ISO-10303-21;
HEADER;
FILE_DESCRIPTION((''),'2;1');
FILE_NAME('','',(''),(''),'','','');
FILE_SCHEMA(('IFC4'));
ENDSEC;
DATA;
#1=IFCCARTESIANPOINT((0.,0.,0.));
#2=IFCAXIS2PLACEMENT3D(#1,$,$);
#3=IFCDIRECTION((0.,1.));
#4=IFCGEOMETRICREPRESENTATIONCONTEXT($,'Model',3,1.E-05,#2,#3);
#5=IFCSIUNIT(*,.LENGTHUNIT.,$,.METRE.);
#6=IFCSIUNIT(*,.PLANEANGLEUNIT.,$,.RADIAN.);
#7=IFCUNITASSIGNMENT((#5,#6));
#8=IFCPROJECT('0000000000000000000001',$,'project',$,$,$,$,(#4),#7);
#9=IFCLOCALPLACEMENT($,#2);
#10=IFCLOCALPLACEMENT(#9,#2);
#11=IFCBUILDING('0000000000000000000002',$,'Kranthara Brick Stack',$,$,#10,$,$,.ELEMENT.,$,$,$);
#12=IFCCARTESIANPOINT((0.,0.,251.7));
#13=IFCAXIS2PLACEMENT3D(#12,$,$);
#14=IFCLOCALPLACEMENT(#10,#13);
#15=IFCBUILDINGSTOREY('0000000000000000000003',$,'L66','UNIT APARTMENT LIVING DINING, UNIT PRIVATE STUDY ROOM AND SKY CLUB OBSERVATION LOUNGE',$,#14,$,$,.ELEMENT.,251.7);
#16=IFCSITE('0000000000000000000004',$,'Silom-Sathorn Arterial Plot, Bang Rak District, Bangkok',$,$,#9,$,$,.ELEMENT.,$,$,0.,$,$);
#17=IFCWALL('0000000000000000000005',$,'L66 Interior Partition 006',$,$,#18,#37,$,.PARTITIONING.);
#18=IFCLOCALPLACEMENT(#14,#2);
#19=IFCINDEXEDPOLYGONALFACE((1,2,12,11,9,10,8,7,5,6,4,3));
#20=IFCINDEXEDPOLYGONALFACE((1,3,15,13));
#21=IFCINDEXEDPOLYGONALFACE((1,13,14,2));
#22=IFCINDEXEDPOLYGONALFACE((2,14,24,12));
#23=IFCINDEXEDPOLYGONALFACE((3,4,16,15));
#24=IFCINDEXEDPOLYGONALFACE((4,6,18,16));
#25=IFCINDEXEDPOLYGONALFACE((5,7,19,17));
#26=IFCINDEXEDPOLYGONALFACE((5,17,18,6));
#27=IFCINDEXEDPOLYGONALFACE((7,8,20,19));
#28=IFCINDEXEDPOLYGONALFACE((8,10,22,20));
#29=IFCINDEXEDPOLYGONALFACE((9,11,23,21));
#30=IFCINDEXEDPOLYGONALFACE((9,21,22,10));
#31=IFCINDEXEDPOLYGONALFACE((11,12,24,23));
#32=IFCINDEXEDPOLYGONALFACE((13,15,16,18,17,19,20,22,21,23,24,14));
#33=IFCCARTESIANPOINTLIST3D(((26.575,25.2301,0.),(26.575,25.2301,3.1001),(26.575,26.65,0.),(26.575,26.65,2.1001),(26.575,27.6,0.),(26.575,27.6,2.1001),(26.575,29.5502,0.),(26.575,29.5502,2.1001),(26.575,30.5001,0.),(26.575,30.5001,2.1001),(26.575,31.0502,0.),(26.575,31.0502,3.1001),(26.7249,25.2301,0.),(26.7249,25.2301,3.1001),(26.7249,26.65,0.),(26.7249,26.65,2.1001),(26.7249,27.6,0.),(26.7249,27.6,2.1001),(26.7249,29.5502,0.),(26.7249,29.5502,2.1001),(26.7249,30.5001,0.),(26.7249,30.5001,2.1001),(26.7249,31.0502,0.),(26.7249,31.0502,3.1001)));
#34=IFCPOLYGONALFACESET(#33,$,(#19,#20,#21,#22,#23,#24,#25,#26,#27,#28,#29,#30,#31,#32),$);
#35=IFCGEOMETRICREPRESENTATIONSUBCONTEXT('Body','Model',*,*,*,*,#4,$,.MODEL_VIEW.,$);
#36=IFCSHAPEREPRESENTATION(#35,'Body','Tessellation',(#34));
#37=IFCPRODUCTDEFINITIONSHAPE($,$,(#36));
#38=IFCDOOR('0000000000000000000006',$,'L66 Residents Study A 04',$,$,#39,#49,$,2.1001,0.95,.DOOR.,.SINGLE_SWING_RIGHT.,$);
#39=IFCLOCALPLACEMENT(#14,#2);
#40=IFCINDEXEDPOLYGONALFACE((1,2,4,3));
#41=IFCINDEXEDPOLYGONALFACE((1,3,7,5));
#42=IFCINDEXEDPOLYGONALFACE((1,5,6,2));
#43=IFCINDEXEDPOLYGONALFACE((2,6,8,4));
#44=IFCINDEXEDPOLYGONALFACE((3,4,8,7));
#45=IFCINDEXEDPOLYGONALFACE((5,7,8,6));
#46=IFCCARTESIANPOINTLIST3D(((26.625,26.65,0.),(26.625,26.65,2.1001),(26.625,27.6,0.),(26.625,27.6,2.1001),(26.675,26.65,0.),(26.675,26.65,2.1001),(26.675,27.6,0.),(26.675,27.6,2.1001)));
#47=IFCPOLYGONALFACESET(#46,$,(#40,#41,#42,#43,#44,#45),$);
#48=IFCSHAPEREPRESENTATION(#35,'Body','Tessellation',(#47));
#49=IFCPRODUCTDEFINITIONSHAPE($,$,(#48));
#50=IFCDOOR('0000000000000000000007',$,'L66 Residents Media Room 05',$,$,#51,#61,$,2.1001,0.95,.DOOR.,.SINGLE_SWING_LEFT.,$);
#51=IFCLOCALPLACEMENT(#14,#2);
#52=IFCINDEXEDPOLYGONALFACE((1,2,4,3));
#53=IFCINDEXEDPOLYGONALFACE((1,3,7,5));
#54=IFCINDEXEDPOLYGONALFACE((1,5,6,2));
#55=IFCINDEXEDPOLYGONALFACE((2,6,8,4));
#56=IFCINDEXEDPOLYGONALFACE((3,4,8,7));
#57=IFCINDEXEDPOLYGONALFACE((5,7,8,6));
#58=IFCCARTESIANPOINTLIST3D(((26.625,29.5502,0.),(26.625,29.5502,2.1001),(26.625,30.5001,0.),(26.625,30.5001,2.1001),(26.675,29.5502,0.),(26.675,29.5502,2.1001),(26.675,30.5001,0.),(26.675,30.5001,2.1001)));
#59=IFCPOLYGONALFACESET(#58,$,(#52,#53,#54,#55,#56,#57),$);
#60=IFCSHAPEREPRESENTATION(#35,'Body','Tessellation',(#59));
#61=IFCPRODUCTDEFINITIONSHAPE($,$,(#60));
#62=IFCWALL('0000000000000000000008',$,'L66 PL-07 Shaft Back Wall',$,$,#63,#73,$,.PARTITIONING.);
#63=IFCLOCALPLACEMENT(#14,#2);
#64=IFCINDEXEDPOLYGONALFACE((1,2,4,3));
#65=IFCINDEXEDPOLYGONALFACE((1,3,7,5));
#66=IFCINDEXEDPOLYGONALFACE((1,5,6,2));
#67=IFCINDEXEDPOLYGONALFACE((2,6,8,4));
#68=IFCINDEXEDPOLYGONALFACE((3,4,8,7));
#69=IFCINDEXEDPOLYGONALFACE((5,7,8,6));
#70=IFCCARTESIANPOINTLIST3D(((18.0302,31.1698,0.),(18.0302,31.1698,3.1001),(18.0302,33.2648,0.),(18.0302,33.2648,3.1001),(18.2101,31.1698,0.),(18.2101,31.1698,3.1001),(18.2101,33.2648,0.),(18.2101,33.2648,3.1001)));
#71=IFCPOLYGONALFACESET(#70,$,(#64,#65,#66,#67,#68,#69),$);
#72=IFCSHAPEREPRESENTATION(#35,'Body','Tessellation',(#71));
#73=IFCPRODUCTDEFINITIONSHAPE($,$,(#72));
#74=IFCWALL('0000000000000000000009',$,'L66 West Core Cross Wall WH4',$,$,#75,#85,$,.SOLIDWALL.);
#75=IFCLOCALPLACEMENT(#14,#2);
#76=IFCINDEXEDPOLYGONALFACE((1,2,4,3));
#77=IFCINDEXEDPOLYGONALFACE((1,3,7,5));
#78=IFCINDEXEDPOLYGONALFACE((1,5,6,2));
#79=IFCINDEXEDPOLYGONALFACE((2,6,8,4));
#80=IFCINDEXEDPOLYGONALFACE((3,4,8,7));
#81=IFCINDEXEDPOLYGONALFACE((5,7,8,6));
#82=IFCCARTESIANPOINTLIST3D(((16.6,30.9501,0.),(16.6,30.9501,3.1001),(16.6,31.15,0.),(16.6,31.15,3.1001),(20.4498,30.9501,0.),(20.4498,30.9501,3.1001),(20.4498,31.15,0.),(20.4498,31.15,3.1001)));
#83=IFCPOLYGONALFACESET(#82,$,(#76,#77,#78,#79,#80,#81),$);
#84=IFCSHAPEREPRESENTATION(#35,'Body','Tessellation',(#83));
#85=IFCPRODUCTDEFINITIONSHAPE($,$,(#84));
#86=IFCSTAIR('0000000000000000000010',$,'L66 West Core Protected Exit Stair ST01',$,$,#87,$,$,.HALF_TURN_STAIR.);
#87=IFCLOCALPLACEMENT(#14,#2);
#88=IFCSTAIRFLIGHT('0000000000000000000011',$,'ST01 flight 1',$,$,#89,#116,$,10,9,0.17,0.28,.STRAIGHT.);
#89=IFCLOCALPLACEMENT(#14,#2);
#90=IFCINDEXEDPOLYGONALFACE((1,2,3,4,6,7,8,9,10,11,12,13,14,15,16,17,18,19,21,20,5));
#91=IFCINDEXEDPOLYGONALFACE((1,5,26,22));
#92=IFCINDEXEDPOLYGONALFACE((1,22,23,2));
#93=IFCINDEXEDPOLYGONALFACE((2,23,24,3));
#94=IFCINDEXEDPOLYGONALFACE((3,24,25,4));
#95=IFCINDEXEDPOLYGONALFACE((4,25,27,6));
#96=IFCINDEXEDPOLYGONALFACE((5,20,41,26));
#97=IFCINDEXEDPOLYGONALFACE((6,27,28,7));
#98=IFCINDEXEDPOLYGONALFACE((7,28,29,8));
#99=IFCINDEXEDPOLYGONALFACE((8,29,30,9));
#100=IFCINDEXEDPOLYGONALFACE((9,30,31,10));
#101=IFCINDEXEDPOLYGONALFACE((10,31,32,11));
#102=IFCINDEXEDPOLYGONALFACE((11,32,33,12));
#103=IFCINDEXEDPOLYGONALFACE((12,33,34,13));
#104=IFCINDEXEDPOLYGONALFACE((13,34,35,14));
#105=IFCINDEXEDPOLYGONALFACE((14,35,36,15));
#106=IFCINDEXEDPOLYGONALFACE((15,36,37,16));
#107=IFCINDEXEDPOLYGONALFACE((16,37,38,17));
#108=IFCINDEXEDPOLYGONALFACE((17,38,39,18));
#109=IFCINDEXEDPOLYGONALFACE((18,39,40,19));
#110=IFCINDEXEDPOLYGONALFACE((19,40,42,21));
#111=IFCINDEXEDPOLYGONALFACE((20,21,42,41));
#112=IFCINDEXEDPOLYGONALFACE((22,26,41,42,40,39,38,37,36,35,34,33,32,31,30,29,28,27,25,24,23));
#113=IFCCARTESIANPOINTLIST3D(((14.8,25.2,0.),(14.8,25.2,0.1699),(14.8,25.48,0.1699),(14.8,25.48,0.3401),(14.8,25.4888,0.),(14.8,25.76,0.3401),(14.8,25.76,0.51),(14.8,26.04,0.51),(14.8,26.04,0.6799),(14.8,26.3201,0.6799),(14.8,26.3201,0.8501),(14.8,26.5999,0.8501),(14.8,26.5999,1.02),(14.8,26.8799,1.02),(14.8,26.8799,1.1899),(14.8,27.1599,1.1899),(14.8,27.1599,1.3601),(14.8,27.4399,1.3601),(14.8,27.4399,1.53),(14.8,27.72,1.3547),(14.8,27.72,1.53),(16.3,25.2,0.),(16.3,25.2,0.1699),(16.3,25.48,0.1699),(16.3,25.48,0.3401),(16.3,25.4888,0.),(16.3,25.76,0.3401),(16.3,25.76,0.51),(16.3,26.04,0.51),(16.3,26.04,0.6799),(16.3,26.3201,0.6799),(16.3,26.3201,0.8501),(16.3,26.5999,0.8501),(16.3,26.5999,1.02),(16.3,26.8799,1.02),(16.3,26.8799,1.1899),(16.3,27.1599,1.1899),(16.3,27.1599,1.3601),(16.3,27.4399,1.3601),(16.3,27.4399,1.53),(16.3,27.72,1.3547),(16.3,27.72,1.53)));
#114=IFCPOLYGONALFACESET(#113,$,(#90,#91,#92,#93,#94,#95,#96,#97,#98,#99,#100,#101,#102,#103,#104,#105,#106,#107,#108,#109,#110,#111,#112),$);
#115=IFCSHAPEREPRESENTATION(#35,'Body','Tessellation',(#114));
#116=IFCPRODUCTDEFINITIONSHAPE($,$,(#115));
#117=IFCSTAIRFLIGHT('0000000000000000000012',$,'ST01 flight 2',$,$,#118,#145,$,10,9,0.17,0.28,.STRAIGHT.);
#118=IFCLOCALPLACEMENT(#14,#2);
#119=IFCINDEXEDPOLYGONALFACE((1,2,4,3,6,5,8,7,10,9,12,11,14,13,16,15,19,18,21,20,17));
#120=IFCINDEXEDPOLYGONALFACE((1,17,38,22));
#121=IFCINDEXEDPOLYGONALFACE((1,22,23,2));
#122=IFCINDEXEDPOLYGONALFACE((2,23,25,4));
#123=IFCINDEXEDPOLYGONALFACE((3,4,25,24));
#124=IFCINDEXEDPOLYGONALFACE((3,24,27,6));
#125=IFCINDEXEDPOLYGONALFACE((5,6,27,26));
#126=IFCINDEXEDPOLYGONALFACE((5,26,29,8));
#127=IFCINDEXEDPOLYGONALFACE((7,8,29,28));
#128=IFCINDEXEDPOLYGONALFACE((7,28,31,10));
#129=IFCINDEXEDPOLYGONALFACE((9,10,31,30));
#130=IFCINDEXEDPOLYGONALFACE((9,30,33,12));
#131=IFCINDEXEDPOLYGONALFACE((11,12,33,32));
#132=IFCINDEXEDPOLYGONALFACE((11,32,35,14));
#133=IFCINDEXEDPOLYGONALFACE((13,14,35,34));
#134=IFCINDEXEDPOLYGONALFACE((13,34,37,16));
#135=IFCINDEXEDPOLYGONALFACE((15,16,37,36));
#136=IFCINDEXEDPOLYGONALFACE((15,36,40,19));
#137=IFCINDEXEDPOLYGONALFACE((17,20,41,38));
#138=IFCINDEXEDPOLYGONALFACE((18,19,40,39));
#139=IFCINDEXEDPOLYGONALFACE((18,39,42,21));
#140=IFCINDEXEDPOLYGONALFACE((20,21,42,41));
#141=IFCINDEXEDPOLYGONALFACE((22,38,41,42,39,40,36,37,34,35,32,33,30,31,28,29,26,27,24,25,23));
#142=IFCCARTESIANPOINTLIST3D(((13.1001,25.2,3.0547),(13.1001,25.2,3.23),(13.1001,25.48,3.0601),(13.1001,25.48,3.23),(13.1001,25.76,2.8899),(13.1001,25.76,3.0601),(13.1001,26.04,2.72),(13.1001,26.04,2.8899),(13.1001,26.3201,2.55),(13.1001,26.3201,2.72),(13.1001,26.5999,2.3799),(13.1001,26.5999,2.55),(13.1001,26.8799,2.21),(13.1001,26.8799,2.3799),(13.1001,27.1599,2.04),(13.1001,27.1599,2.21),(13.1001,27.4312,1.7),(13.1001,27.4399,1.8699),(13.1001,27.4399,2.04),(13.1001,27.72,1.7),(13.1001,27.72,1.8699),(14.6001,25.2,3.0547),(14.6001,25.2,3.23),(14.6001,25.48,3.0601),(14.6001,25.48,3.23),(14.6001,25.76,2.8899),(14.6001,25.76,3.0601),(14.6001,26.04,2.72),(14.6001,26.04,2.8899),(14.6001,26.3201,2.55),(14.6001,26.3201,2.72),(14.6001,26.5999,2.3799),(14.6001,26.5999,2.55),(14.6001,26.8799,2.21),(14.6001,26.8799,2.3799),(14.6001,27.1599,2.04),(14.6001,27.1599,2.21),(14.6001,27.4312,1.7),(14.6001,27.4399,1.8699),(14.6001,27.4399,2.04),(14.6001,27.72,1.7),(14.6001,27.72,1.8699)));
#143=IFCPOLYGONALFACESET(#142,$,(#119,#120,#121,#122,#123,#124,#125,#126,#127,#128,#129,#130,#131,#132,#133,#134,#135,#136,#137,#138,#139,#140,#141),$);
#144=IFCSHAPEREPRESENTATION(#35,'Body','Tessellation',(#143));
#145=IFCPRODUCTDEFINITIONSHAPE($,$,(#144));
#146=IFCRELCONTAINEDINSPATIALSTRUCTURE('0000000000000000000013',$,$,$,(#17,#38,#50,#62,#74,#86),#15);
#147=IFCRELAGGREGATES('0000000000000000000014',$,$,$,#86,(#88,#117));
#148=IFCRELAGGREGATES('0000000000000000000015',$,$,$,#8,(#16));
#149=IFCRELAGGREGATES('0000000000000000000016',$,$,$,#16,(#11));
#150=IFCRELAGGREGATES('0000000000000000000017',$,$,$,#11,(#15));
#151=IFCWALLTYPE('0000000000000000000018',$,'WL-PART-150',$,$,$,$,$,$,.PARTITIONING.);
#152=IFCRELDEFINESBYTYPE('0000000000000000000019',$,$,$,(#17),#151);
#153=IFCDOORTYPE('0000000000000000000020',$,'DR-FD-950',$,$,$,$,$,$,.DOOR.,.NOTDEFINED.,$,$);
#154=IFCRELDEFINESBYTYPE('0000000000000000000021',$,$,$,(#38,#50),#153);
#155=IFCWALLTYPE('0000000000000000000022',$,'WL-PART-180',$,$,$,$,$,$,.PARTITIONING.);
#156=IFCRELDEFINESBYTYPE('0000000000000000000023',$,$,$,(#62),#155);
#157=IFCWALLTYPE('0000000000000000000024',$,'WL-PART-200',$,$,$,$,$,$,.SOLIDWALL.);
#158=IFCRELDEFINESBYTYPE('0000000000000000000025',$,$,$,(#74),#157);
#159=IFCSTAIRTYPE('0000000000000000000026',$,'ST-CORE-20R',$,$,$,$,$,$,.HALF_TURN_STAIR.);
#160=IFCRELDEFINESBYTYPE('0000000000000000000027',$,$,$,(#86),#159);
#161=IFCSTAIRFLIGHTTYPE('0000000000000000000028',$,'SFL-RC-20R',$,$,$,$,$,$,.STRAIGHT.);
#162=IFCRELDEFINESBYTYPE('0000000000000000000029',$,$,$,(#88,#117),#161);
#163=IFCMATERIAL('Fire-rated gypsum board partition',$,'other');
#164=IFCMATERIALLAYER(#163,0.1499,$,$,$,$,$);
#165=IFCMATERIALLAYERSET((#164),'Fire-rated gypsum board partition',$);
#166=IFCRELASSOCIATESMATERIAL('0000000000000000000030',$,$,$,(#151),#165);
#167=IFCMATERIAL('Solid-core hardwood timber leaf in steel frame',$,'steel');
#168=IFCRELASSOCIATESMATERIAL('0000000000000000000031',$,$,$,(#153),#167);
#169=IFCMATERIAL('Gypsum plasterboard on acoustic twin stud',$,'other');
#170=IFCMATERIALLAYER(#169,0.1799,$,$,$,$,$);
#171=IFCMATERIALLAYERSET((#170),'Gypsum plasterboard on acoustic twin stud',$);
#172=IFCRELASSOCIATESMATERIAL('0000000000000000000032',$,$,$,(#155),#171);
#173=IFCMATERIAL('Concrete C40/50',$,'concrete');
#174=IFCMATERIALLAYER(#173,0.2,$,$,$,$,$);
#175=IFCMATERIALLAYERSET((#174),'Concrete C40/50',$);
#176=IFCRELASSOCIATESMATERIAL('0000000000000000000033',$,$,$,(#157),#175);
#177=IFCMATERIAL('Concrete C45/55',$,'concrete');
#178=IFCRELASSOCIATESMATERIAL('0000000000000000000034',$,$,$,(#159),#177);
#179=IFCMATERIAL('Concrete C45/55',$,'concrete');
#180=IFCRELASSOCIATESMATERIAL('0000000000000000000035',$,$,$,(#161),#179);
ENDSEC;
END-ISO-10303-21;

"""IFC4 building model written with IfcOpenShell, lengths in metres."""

from ifc_helpers import new_model, si_unit, direction, frame, frame_2d, origin, place, context, subcontext, project, spatial, polyline, rectangle, outline, extrude, material, layer, layer_set, type_object, element, fill, aggregate, save


model = new_model("IFC4")

# Units and contexts
model_context = context("Model", 3, precision=1e-05, world=origin(), true_north=direction((0.0, 1.0)))
body_context = subcontext(model_context, "Body", "Model", "MODEL_VIEW")
ifc_project = project(units=[si_unit("LENGTHUNIT", "METRE"), si_unit("PLANEANGLEUNIT", "RADIAN")], contexts=[model_context])

# Site, building, storey
site_placement = place(None, origin())
site = spatial("IfcSite", under=ifc_project, at=site_placement, Name="Silom-Sathorn Arterial Plot, Bang Rak District, Bangkok", CompositionType="ELEMENT", RefElevation=0.0)
building_placement = place(site_placement, origin())
building = spatial("IfcBuilding", under=site, at=building_placement, Name="Kranthara Brick Stack", CompositionType="ELEMENT")
storey_placement = place(building_placement, frame((0.0, 0.0, 251.7)))
storey = spatial("IfcBuildingStorey", under=building, at=storey_placement, Name="L66", Description="UNIT APARTMENT LIVING DINING, UNIT PRIVATE STUDY ROOM AND SKY CLUB OBSERVATION LOUNGE", CompositionType="ELEMENT", Elevation=251.7)

# Shared definitions
ifc_material_1 = material(Name="Fire-rated gypsum board partition", Category="other")
ifc_layer_1 = layer(ifc_material_1, 0.1499)
ifc_layer_set_1 = layer_set([ifc_layer_1], Name="Fire-rated gypsum board partition")
wall_type_1 = type_object("IfcWallType", Name="WL-PART-150", PredefinedType="PARTITIONING", material=ifc_layer_set_1)

# Wall, openings, doors
wall_1_placement = place(storey_placement, frame((26.6499, 25.23, 0.0), z_axis=(0.0, 0.0, 1.0), x_axis=(0.0, 1.0, 0.0)))
wall_1 = element("IfcWall", 1, at=wall_1_placement, inside=storey, type_object=wall_type_1, Name="L66 Interior Partition 006", PredefinedType="PARTITIONING", context=body_context, shape_type="SweptSolid", body=[
    extrude(rectangle(XDim=5.8201, YDim=0.1499, at=frame_2d((2.9102, 0.0))), origin(), (0.0, 0.0, 1.0), 3.1001),
])
opening_1_placement = place(wall_1_placement, frame((1.4199, 0.0, 0.0)))
opening_1 = element("IfcOpeningElement", 2, at=opening_1_placement, cuts=wall_1, PredefinedType="OPENING", context=body_context, shape_type="SweptSolid", body=[
    extrude(rectangle(XDim=0.95, YDim=2.1001, at=frame_2d((0.4751, 1.05))), frame((0.0, 0.085, 0.0), z_axis=(0.0, -1.0, 0.0), x_axis=(1.0, 0.0, 0.0)), (0.0, 0.0, 1.0), 0.1699),
])
opening_2_placement = place(wall_1_placement, frame((4.3201, 0.0, 0.0)))
opening_2 = element("IfcOpeningElement", 3, at=opening_2_placement, cuts=wall_1, PredefinedType="OPENING", context=body_context, shape_type="SweptSolid", body=[
    extrude(rectangle(XDim=0.95, YDim=2.1001, at=frame_2d((0.4751, 1.05))), frame((0.0, 0.085, 0.0), z_axis=(0.0, -1.0, 0.0), x_axis=(1.0, 0.0, 0.0)), (0.0, 0.0, 1.0), 0.1699),
])
ifc_material_2 = material(Name="Solid-core hardwood timber leaf in steel frame", Category="steel")
door_type_1 = type_object("IfcDoorType", Name="DR-FD-950", OperationType="NOTDEFINED", PredefinedType="DOOR", material=ifc_material_2)
door_1_placement = place(opening_1_placement, origin())
door_1 = element("IfcDoor", 4, at=door_1_placement, inside=storey, type_object=door_type_1, Name="L66 Residents Study A 04", OperationType="SINGLE_SWING_RIGHT", OverallHeight=2.1001, OverallWidth=0.95, PredefinedType="DOOR", context=body_context, shape_type="SweptSolid", body=[
    extrude(rectangle(XDim=0.95, YDim=2.1001, at=frame_2d((0.4751, 1.05))), frame((0.0, 0.0249, 0.0), z_axis=(0.0, -1.0, 0.0), x_axis=(1.0, 0.0, 0.0)), (0.0, 0.0, 1.0), 0.05),
])
fill(opening_1, door_1)
door_2_placement = place(opening_2_placement, origin())
door_2 = element("IfcDoor", 5, at=door_2_placement, inside=storey, type_object=door_type_1, Name="L66 Residents Media Room 05", OperationType="SINGLE_SWING_LEFT", OverallHeight=2.1001, OverallWidth=0.95, PredefinedType="DOOR", context=body_context, shape_type="SweptSolid", body=[
    extrude(rectangle(XDim=0.95, YDim=2.1001, at=frame_2d((0.4751, 1.05))), frame((0.0, 0.0249, 0.0), z_axis=(0.0, -1.0, 0.0), x_axis=(1.0, 0.0, 0.0)), (0.0, 0.0, 1.0), 0.05),
])
fill(opening_2, door_2)

# Walls
ifc_material_3 = material(Name="Gypsum plasterboard on acoustic twin stud", Category="other")
ifc_layer_2 = layer(ifc_material_3, 0.1799)
ifc_layer_set_2 = layer_set([ifc_layer_2], Name="Gypsum plasterboard on acoustic twin stud")
wall_type_2 = type_object("IfcWallType", Name="WL-PART-180", PredefinedType="PARTITIONING", material=ifc_layer_set_2)
wall_2_placement = place(storey_placement, frame((18.1201, 31.1699, 0.0), z_axis=(0.0, 0.0, 1.0), x_axis=(0.0, 1.0, 0.0)))
element("IfcWall", 6, at=wall_2_placement, inside=storey, type_object=wall_type_2, Name="L66 PL-07 Shaft Back Wall", PredefinedType="PARTITIONING", context=body_context, shape_type="SweptSolid", body=[
    extrude(rectangle(XDim=2.095, YDim=0.1799, at=frame_2d((1.0474, 0.0))), origin(), (0.0, 0.0, 1.0), 3.1001),
])
ifc_material_4 = material(Name="Concrete C40/50", Category="concrete")
ifc_layer_3 = layer(ifc_material_4, 0.2)
ifc_layer_set_3 = layer_set([ifc_layer_3], Name="Concrete C40/50")
wall_type_3 = type_object("IfcWallType", Name="WL-PART-200", PredefinedType="SOLIDWALL", material=ifc_layer_set_3)
wall_3_placement = place(storey_placement, frame((16.6001, 31.05, 0.0), z_axis=(0.0, 0.0, 1.0), x_axis=(1.0, 0.0, 0.0)))
element("IfcWall", 7, at=wall_3_placement, inside=storey, type_object=wall_type_3, Name="L66 West Core Cross Wall WH4", PredefinedType="SOLIDWALL", context=body_context, shape_type="SweptSolid", body=[
    extrude(rectangle(XDim=3.8499, YDim=0.2, at=frame_2d((1.9248, 0.0))), origin(), (0.0, 0.0, 1.0), 3.1001),
])

# Stair, stair flights
ifc_material_5 = material(Name="Concrete C45/55", Category="concrete")
stair_type = type_object("IfcStairType", Name="ST-CORE-20R", PredefinedType="HALF_TURN_STAIR", material=ifc_material_5)
stair_placement = place(storey_placement, origin())
stair = element("IfcStair", 8, at=stair_placement, inside=storey, type_object=stair_type, Name="L66 West Core Protected Exit Stair ST01", PredefinedType="HALF_TURN_STAIR")
ifc_material_6 = material(Name="Concrete C45/55", Category="concrete")
stair_flight_type = type_object("IfcStairFlightType", Name="SFL-RC-20R", PredefinedType="STRAIGHT", material=ifc_material_6)
stair_flight_1_placement = place(storey_placement, frame((15.55, 25.2, 0.0), z_axis=(0.0, 0.0, 1.0), x_axis=(0.0, 1.0, 0.0)))
stair_flight_1 = element("IfcStairFlight", 9, at=stair_flight_1_placement, type_object=stair_flight_type, Name="ST01 flight 1", NumberOfRisers=10, NumberOfTreads=9, PredefinedType="STRAIGHT", RiserHeight=0.17, TreadLength=0.28, context=body_context, shape_type="SweptSolid", body=[
    extrude(outline(polyline([(0.0, 0.0), (0.0, 0.1699), (0.28, 0.1699), (0.28, 0.3401), (0.5601, 0.3401), (0.5601, 0.51), (0.8401, 0.51), (0.8401, 0.6799), (1.1201, 0.6799), (1.1201, 0.8501), (1.3999, 0.8501), (1.3999, 1.02), (1.6799, 1.02), (1.6799, 1.1899), (1.96, 1.1899), (1.96, 1.3601), (2.24, 1.3601), (2.24, 1.53), (2.52, 1.53), (2.52, 1.7), (2.52, 1.3547), (0.2888, 0.0), (0.0, 0.0)])), frame((0.0, 0.75, 0.0), z_axis=(0.0, -1.0, 0.0), x_axis=(1.0, 0.0, 0.0)), (0.0, 0.0, 1.0), 1.5),
])
stair_flight_2_placement = place(storey_placement, frame((13.8501, 27.72, 1.7), z_axis=(0.0, 0.0, 1.0), x_axis=(0.0, -1.0, 0.0)))
stair_flight_2 = element("IfcStairFlight", 10, at=stair_flight_2_placement, type_object=stair_flight_type, Name="ST01 flight 2", NumberOfRisers=10, NumberOfTreads=9, PredefinedType="STRAIGHT", RiserHeight=0.17, TreadLength=0.28, context=body_context, shape_type="SweptSolid", body=[
    extrude(outline(polyline([(0.0, 0.0), (0.0, 0.1699), (0.28, 0.1699), (0.28, 0.3401), (0.5601, 0.3401), (0.5601, 0.51), (0.8401, 0.51), (0.8401, 0.6799), (1.1201, 0.6799), (1.1201, 0.8501), (1.3999, 0.8501), (1.3999, 1.02), (1.6799, 1.02), (1.6799, 1.1899), (1.96, 1.1899), (1.96, 1.3601), (2.24, 1.3601), (2.24, 1.53), (2.52, 1.53), (2.52, 1.7), (2.52, 1.3547), (0.2888, 0.0), (0.0, 0.0)])), frame((0.0, 0.75, 0.0), z_axis=(0.0, -1.0, 0.0), x_axis=(1.0, 0.0, 0.0)), (0.0, 0.0, 1.0), 1.5),
])
aggregate(stair, [stair_flight_1, stair_flight_2])

save(model, "model.ifc")
